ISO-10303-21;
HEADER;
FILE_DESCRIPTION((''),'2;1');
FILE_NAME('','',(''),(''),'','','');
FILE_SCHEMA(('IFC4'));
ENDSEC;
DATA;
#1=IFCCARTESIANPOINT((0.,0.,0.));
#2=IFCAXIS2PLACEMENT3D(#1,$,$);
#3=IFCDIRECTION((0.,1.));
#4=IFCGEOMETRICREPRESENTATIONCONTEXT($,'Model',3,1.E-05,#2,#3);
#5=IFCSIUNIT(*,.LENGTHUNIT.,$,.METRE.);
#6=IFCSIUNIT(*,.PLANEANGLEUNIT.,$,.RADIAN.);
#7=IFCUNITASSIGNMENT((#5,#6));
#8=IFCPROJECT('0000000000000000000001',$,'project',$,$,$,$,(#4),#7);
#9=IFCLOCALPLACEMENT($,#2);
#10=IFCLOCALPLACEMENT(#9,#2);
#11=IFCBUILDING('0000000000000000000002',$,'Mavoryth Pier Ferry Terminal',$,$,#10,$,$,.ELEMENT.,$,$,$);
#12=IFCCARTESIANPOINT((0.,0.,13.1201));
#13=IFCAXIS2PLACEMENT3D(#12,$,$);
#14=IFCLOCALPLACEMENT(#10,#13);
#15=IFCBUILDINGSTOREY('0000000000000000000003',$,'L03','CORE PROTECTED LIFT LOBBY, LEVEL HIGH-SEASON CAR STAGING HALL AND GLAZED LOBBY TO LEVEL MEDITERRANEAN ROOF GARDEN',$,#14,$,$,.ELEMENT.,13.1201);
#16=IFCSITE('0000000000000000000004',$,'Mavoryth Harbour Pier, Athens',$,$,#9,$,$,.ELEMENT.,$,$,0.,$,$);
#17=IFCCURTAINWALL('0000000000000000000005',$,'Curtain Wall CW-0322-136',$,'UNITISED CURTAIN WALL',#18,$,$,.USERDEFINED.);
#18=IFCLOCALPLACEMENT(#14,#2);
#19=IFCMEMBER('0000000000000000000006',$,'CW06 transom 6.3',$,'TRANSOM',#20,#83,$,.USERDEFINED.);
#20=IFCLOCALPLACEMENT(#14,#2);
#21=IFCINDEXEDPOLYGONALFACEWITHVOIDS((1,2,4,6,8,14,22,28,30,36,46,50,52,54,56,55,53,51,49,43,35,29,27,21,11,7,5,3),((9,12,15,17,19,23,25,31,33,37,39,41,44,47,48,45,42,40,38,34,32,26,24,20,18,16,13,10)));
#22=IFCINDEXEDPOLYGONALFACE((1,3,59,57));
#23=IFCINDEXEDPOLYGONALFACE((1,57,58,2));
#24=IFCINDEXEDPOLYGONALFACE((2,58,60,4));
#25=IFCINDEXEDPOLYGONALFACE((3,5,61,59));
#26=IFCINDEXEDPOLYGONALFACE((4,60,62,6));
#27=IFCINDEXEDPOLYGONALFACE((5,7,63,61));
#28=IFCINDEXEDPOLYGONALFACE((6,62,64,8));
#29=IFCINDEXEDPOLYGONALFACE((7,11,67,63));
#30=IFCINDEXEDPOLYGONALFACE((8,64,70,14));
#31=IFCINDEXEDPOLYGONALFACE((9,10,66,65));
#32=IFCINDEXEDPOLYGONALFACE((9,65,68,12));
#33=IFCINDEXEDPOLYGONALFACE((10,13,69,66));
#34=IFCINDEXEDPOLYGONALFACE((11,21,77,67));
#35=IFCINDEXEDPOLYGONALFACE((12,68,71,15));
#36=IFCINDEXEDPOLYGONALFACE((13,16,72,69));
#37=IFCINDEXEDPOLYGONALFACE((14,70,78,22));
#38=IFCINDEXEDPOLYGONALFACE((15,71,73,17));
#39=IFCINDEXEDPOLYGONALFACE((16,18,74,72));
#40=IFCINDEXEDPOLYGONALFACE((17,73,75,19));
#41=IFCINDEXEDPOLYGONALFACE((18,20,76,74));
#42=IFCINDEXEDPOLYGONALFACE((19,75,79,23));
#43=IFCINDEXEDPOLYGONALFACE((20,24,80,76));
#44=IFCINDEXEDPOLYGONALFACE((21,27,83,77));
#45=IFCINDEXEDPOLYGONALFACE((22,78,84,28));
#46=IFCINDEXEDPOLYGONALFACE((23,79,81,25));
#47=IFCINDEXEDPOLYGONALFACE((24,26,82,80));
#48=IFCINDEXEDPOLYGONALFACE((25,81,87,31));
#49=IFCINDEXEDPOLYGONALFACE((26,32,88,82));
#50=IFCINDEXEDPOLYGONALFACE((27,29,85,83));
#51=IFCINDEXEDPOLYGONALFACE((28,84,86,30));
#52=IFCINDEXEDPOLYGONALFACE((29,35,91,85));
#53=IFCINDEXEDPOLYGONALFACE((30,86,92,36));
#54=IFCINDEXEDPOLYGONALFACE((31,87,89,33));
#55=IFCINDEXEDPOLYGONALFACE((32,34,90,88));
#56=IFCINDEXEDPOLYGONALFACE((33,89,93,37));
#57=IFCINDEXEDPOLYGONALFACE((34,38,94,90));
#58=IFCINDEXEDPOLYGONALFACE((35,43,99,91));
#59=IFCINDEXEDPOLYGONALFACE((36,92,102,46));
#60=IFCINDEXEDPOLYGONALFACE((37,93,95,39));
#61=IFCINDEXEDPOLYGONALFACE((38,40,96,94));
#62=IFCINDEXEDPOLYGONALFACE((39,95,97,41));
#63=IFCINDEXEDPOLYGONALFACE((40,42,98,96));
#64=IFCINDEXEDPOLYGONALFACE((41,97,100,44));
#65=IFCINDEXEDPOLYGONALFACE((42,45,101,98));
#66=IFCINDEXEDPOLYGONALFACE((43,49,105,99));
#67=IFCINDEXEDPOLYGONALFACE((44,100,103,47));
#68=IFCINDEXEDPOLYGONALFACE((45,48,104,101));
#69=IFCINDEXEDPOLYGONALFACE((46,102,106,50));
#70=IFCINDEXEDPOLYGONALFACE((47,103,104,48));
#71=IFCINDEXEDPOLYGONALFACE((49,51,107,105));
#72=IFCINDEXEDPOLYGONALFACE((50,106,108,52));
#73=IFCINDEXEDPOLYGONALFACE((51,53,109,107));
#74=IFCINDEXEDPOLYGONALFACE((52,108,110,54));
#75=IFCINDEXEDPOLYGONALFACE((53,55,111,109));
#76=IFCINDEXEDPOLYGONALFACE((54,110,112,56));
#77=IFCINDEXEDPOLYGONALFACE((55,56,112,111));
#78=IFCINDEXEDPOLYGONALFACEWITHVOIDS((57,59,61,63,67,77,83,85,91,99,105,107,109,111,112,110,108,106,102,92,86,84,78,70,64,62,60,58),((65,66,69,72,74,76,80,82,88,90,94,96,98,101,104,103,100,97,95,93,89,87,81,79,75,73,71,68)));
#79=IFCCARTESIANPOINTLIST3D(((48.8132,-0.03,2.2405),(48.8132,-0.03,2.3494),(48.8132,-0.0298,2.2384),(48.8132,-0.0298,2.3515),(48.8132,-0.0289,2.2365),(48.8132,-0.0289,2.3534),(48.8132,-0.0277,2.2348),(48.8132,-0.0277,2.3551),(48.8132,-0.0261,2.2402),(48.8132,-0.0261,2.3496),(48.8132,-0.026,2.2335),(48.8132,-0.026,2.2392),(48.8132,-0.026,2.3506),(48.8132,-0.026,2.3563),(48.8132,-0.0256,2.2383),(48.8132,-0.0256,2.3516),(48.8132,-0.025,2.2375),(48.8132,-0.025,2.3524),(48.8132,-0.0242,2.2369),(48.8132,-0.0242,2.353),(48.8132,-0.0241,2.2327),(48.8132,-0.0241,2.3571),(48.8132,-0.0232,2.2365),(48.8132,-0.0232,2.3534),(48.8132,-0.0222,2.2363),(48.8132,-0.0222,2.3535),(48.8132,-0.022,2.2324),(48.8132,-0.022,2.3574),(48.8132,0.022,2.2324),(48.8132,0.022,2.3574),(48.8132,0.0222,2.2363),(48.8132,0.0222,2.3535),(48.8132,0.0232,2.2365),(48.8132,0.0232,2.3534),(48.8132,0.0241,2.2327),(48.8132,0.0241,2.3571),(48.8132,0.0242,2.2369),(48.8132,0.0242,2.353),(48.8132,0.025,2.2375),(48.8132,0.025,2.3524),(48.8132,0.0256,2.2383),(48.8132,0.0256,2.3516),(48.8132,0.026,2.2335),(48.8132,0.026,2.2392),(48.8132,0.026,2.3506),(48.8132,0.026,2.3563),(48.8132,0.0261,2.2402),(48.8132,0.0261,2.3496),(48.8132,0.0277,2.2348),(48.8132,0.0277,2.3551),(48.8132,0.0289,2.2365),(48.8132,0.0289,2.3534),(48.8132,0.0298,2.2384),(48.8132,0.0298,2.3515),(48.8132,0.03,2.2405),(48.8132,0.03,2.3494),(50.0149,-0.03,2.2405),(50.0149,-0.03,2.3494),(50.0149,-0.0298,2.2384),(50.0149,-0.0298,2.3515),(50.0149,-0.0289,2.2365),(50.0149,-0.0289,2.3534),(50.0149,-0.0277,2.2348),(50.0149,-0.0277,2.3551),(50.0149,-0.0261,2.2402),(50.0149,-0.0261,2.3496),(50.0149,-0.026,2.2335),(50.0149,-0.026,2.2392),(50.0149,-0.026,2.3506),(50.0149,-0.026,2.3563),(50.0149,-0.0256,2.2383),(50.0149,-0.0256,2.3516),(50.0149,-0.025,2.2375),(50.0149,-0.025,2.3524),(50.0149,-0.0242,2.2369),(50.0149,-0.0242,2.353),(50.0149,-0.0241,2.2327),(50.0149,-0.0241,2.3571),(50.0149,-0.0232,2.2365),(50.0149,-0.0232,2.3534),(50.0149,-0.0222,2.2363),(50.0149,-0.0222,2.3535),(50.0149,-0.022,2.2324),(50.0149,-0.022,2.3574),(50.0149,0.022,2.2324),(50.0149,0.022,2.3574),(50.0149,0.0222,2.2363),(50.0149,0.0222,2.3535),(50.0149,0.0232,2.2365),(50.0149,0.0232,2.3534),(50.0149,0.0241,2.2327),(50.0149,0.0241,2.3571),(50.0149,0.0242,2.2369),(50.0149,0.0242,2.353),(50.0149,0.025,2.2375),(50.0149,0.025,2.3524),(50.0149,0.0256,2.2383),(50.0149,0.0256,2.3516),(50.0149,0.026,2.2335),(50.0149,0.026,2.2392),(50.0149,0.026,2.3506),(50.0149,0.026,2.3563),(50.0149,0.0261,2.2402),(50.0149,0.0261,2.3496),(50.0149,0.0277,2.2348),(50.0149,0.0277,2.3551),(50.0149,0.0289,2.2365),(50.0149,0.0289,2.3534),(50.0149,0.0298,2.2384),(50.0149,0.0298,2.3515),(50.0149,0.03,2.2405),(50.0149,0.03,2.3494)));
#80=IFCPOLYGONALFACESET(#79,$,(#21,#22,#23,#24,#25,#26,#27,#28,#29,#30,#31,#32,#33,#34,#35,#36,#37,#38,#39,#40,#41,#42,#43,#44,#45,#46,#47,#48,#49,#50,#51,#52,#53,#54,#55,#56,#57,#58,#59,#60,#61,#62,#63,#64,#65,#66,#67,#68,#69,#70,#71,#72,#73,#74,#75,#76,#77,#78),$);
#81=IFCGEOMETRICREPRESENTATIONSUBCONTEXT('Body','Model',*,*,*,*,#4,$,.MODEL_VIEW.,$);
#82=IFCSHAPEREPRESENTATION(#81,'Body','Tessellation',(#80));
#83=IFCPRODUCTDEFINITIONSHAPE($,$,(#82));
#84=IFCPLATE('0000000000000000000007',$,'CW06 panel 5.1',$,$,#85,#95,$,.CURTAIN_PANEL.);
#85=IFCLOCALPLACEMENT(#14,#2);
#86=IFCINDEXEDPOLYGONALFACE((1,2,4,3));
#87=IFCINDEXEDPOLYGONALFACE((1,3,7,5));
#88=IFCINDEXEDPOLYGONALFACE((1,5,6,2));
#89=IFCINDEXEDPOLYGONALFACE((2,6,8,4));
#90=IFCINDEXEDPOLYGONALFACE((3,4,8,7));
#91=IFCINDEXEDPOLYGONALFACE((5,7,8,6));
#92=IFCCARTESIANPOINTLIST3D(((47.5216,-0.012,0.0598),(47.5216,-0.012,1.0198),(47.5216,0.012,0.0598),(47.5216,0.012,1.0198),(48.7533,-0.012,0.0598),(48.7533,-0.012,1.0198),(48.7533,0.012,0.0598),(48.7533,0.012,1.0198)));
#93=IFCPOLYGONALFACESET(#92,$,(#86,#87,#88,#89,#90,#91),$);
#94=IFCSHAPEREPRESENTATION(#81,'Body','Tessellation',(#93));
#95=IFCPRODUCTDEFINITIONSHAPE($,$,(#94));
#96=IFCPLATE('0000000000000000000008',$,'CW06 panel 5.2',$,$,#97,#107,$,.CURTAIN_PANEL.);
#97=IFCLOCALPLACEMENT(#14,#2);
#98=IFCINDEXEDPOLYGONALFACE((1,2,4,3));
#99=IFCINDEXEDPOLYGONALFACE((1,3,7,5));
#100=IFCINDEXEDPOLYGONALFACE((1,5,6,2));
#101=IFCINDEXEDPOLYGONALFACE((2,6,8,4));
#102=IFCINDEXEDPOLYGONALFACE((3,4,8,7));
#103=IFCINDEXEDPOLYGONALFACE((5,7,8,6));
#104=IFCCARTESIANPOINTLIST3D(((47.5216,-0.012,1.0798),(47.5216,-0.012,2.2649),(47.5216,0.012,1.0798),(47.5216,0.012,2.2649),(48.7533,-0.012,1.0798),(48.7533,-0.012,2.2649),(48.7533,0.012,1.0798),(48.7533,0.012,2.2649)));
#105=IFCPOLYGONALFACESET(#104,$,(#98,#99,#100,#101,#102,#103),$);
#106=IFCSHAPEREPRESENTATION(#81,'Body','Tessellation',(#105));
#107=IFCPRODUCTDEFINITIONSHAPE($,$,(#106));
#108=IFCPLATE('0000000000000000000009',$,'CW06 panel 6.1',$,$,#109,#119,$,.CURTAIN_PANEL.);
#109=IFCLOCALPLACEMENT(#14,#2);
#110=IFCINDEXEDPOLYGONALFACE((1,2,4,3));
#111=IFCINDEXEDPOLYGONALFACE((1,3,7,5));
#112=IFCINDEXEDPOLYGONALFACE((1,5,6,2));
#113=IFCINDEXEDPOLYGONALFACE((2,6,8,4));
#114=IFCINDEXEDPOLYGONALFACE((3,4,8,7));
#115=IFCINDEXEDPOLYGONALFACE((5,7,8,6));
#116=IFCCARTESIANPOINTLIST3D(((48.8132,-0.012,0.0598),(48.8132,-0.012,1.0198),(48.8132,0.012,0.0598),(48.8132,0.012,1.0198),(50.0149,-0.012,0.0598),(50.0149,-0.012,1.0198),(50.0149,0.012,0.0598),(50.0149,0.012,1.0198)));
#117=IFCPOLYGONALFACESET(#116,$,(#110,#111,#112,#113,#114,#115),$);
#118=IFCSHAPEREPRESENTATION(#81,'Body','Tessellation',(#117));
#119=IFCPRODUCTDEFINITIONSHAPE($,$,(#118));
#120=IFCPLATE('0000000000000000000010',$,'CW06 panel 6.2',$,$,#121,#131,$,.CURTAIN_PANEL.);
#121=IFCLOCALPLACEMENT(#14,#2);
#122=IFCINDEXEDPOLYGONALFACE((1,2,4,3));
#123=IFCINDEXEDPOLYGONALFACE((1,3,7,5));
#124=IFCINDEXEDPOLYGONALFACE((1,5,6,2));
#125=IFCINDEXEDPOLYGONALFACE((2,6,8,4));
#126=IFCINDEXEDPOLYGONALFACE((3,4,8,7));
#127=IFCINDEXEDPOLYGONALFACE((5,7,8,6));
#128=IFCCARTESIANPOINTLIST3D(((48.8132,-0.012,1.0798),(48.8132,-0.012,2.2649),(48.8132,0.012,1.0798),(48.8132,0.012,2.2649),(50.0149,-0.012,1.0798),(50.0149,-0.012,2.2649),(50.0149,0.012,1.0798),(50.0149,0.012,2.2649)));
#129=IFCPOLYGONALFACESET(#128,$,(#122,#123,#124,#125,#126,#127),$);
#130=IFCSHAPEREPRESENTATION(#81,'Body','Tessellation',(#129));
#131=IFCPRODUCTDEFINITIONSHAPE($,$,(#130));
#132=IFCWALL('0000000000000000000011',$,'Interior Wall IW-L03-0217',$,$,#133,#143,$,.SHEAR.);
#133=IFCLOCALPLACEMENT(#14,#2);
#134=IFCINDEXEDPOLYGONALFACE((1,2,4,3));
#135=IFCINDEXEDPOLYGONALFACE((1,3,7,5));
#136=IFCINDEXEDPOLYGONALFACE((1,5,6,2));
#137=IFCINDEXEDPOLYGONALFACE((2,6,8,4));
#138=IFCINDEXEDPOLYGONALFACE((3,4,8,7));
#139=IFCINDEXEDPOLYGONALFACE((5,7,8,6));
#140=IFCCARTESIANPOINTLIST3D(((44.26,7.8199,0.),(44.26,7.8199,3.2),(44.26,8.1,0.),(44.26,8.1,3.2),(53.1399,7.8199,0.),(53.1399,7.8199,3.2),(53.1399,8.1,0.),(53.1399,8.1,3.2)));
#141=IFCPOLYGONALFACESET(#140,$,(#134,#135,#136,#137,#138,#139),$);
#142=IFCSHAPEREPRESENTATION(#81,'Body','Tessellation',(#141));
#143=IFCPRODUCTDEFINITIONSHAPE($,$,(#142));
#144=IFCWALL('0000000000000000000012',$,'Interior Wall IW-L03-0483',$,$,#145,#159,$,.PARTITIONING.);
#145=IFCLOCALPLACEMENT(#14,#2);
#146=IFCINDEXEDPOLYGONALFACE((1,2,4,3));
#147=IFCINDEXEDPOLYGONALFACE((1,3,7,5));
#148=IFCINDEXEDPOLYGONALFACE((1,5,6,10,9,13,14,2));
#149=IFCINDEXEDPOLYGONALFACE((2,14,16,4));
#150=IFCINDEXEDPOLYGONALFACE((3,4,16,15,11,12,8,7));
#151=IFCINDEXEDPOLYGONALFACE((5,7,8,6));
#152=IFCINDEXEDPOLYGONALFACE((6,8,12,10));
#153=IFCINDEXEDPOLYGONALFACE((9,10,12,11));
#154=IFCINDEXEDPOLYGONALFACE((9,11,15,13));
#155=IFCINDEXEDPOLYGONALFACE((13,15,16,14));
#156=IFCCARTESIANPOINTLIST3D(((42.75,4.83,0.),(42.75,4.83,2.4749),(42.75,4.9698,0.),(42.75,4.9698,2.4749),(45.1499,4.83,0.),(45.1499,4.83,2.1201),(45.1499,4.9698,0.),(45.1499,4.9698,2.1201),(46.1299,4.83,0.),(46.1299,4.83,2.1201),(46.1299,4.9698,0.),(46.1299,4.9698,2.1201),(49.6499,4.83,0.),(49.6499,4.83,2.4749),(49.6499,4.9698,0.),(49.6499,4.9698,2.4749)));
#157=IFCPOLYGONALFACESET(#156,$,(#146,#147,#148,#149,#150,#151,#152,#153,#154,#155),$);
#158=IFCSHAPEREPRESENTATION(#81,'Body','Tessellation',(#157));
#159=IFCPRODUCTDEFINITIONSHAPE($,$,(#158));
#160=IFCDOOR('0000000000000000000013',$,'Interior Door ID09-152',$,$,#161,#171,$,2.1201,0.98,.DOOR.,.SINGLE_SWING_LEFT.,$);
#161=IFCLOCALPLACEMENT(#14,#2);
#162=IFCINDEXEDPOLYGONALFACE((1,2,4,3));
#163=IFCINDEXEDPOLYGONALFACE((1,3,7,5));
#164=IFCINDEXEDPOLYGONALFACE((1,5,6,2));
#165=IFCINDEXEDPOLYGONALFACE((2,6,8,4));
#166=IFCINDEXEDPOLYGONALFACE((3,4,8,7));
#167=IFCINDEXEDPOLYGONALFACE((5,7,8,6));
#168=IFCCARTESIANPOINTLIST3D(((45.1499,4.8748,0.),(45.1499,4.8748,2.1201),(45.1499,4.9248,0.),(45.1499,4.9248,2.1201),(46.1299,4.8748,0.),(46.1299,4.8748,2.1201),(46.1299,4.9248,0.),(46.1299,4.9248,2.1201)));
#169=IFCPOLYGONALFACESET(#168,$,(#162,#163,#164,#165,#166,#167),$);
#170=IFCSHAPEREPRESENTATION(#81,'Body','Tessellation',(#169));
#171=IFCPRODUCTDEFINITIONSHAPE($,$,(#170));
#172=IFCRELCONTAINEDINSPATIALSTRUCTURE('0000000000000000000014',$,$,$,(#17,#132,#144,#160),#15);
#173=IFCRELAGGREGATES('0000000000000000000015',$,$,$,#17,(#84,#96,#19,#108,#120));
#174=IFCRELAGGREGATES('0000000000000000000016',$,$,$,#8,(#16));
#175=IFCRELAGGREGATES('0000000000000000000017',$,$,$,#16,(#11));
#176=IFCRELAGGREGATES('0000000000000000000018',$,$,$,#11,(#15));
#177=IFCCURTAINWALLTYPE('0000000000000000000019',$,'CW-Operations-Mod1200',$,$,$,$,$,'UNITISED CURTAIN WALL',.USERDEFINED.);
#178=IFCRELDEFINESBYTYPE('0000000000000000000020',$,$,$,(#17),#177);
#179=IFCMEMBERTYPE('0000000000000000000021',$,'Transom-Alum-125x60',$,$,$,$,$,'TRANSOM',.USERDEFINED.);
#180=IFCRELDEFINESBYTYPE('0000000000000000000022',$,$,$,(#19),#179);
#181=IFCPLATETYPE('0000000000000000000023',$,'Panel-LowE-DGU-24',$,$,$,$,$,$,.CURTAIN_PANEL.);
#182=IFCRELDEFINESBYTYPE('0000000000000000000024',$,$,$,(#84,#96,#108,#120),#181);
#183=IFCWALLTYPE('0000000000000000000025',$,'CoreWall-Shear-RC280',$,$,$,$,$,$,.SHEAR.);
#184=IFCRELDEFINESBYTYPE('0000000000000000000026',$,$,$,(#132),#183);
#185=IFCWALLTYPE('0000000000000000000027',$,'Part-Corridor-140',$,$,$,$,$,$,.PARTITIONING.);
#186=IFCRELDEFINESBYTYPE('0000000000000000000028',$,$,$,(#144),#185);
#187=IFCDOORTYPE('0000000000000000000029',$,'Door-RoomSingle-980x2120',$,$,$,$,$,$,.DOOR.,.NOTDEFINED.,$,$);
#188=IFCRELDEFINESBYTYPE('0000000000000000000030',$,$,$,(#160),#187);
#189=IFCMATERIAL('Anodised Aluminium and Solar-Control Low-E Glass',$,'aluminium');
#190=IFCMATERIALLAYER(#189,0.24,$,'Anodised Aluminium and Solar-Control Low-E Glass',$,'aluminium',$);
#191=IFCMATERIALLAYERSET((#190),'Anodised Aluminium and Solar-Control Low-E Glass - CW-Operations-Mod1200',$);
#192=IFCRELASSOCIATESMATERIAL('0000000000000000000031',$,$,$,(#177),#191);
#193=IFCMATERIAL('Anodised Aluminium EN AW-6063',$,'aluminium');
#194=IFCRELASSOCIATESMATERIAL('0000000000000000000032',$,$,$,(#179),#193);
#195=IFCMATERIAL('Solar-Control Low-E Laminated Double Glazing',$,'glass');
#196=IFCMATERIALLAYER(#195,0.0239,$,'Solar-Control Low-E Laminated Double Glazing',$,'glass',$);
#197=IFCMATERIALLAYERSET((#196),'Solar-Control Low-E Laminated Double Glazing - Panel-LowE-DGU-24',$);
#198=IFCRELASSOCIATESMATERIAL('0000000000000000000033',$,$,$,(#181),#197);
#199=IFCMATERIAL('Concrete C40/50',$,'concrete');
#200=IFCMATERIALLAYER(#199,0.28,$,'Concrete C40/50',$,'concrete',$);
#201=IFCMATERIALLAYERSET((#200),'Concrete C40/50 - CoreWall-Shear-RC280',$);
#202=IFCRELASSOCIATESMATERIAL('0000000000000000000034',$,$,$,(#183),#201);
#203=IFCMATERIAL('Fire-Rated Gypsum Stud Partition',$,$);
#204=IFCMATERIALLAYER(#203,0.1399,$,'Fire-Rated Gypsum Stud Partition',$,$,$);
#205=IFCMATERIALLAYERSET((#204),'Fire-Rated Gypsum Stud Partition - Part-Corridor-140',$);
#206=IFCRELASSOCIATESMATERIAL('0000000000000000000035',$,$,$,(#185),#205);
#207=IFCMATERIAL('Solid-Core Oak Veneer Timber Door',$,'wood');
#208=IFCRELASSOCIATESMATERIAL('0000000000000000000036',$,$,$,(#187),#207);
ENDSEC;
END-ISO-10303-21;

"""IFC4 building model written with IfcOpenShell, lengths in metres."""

from ifc_helpers import new_model, si_unit, direction, frame, frame_2d, origin, origin_2d, place, context, subcontext, project, spatial, rectangle, hollow_rectangle, extrude, material, layer, layer_set, material_profile, profile_set, type_object, element, fill, aggregate, save


model = new_model("IFC4")

# Units and contexts
model_context = context("Model", 3, precision=1e-05, world=origin(), true_north=direction((0.0, 1.0)))
body_context = subcontext(model_context, "Body", "Model", "MODEL_VIEW")
ifc_project = project(units=[si_unit("LENGTHUNIT", "METRE"), si_unit("PLANEANGLEUNIT", "RADIAN")], contexts=[model_context])

# Site, building, storey
site_placement = place(None, origin())
site = spatial("IfcSite", under=ifc_project, at=site_placement, Name="Mavoryth Harbour Pier, Athens", CompositionType="ELEMENT", RefElevation=0.0)
building_placement = place(site_placement, origin())
building = spatial("IfcBuilding", under=site, at=building_placement, Name="Mavoryth Pier Ferry Terminal", CompositionType="ELEMENT")
storey_placement = place(building_placement, frame((0.0, 0.0, 13.1201)))
storey = spatial("IfcBuildingStorey", under=building, at=storey_placement, Name="L03", Description="CORE PROTECTED LIFT LOBBY, LEVEL HIGH-SEASON CAR STAGING HALL AND GLAZED LOBBY TO LEVEL MEDITERRANEAN ROOF GARDEN", CompositionType="ELEMENT", Elevation=13.1201)

# Shared definitions
ifc_material_1 = material(Name="Concrete C40/50", Category="concrete")

# Curtain wall
ifc_material_2 = material(Name="Anodised Aluminium and Solar-Control Low-E Glass", Category="aluminium")
ifc_layer_1 = layer(ifc_material_2, 0.24, Name="Anodised Aluminium and Solar-Control Low-E Glass", Category="aluminium")
ifc_layer_set_1 = layer_set([ifc_layer_1], Name="Anodised Aluminium and Solar-Control Low-E Glass - CW-Operations-Mod1200")
curtain_wall_type = type_object("IfcCurtainWallType", Name="CW-Operations-Mod1200", ElementType="UNITISED CURTAIN WALL", PredefinedType="USERDEFINED", material=ifc_layer_set_1)
curtain_wall_1_placement = place(storey_placement, origin())
curtain_wall_1 = element("IfcCurtainWall", 1, at=curtain_wall_1_placement, inside=storey, type_object=curtain_wall_type, Name="Curtain Wall CW-0322-136", ObjectType="UNITISED CURTAIN WALL", PredefinedType="USERDEFINED")
ifc_material_3 = material(Name="Anodised Aluminium EN AW-6063", Category="aluminium")

# Member
ifc_material_profile_1 = material_profile(ifc_material_3, hollow_rectangle(XDim=0.0601, YDim=0.125, WallThickness=0.0039, InnerFilletRadius=0.0039, OuterFilletRadius=0.0081, at=origin_2d()), Name="AL-TRAN 125x60x4", Category="aluminium")
ifc_profile_set_1 = profile_set([ifc_material_profile_1], Name="Anodised Aluminium EN AW-6063 - AL-TRAN 125x60x4")
member_type_1 = type_object("IfcMemberType", Name="Transom-Alum-125x60", ElementType="TRANSOM", PredefinedType="USERDEFINED", material=ifc_profile_set_1)
member_1_placement = place(storey_placement, frame((48.8132, 0.0, 2.2949), z_axis=(1.0, 0.0, 0.0), x_axis=(0.0, 1.0, 0.0)))
member_1 = element("IfcMember", 2, at=member_1_placement, type_object=member_type_1, Name="CW06 transom 6.3", ObjectType="TRANSOM", PredefinedType="USERDEFINED", context=body_context, shape_type="SweptSolid", body=[
    extrude(hollow_rectangle(XDim=0.0601, YDim=0.125, WallThickness=0.0039, InnerFilletRadius=0.0039, OuterFilletRadius=0.0081, at=origin_2d()), origin(), (0.0, 0.0, 1.0), 1.2017),
])

# Plates
ifc_material_4 = material(Name="Solar-Control Low-E Laminated Double Glazing", Category="glass")
ifc_layer_2 = layer(ifc_material_4, 0.0239, Name="Solar-Control Low-E Laminated Double Glazing", Category="glass")
ifc_layer_set_2 = layer_set([ifc_layer_2], Name="Solar-Control Low-E Laminated Double Glazing - Panel-LowE-DGU-24")
plate_type = type_object("IfcPlateType", Name="Panel-LowE-DGU-24", PredefinedType="CURTAIN_PANEL", material=ifc_layer_set_2)
plate_1_placement = place(storey_placement, frame((48.1375, 0.0, 0.0598), z_axis=(0.0, 0.0, 1.0), x_axis=(1.0, 0.0, 0.0)))
plate_1 = element("IfcPlate", 3, at=plate_1_placement, type_object=plate_type, Name="CW06 panel 5.1", PredefinedType="CURTAIN_PANEL", context=body_context, shape_type="SweptSolid", body=[
    extrude(rectangle(XDim=1.2317, YDim=0.0239, at=origin_2d()), origin(), (0.0, 0.0, 1.0), 0.96),
])
plate_2_placement = place(storey_placement, frame((48.1375, 0.0, 1.0798), z_axis=(0.0, 0.0, 1.0), x_axis=(1.0, 0.0, 0.0)))
plate_2 = element("IfcPlate", 4, at=plate_2_placement, type_object=plate_type, Name="CW06 panel 5.2", PredefinedType="CURTAIN_PANEL", context=body_context, shape_type="SweptSolid", body=[
    extrude(rectangle(XDim=1.2317, YDim=0.0239, at=origin_2d()), origin(), (0.0, 0.0, 1.0), 1.1851),
])
plate_3_placement = place(storey_placement, frame((49.4141, 0.0, 0.0598), z_axis=(0.0, 0.0, 1.0), x_axis=(1.0, 0.0, 0.0)))
plate_3 = element("IfcPlate", 5, at=plate_3_placement, type_object=plate_type, Name="CW06 panel 6.1", PredefinedType="CURTAIN_PANEL", context=body_context, shape_type="SweptSolid", body=[
    extrude(rectangle(XDim=1.2017, YDim=0.0239, at=origin_2d()), origin(), (0.0, 0.0, 1.0), 0.96),
])
plate_4_placement = place(storey_placement, frame((49.4141, 0.0, 1.0798), z_axis=(0.0, 0.0, 1.0), x_axis=(1.0, 0.0, 0.0)))
plate_4 = element("IfcPlate", 6, at=plate_4_placement, type_object=plate_type, Name="CW06 panel 6.2", PredefinedType="CURTAIN_PANEL", context=body_context, shape_type="SweptSolid", body=[
    extrude(rectangle(XDim=1.2017, YDim=0.0239, at=origin_2d()), origin(), (0.0, 0.0, 1.0), 1.1851),
])
aggregate(curtain_wall_1, [plate_1, plate_2, member_1, plate_3, plate_4])

# Wall
ifc_layer_3 = layer(ifc_material_1, 0.28, Name="Concrete C40/50", Category="concrete")
ifc_layer_set_3 = layer_set([ifc_layer_3], Name="Concrete C40/50 - CoreWall-Shear-RC280")
wall_type_1 = type_object("IfcWallType", Name="CoreWall-Shear-RC280", PredefinedType="SHEAR", material=ifc_layer_set_3)
wall_1_placement = place(storey_placement, frame((44.26, 7.96, 0.0), z_axis=(0.0, 0.0, 1.0), x_axis=(1.0, 0.0, 0.0)))
element("IfcWall", 7, at=wall_1_placement, inside=storey, type_object=wall_type_1, Name="Interior Wall IW-L03-0217", PredefinedType="SHEAR", context=body_context, shape_type="SweptSolid", body=[
    extrude(rectangle(XDim=8.8799, YDim=0.28, at=frame_2d((4.4399, 0.0))), origin(), (0.0, 0.0, 1.0), 3.2),
])

# Wall, opening, door
ifc_material_5 = material(Name="Fire-Rated Gypsum Stud Partition")
ifc_layer_4 = layer(ifc_material_5, 0.1399, Name="Fire-Rated Gypsum Stud Partition")
ifc_layer_set_4 = layer_set([ifc_layer_4], Name="Fire-Rated Gypsum Stud Partition - Part-Corridor-140")
wall_type_2 = type_object("IfcWallType", Name="Part-Corridor-140", PredefinedType="PARTITIONING", material=ifc_layer_set_4)
wall_2_placement = place(storey_placement, frame((42.75, 4.8999, 0.0), z_axis=(0.0, 0.0, 1.0), x_axis=(1.0, 0.0, 0.0)))
wall_2 = element("IfcWall", 8, at=wall_2_placement, inside=storey, type_object=wall_type_2, Name="Interior Wall IW-L03-0483", PredefinedType="PARTITIONING", context=body_context, shape_type="SweptSolid", body=[
    extrude(rectangle(XDim=6.8999, YDim=0.1399, at=frame_2d((3.45, 0.0))), origin(), (0.0, 0.0, 1.0), 2.4749),
])
opening_placement = place(wall_2_placement, frame((2.3999, 0.0, 0.0)))
opening = element("IfcOpeningElement", 9, at=opening_placement, cuts=wall_2, PredefinedType="OPENING", context=body_context, shape_type="SweptSolid", body=[
    extrude(rectangle(XDim=0.98, YDim=2.1201, at=frame_2d((0.49, 1.0601))), frame((0.0, 0.0798, 0.0), z_axis=(0.0, -1.0, 0.0), x_axis=(1.0, 0.0, 0.0)), (0.0, 0.0, 1.0), 0.1599),
])
ifc_material_6 = material(Name="Solid-Core Oak Veneer Timber Door", Category="wood")
door_type = type_object("IfcDoorType", Name="Door-RoomSingle-980x2120", OperationType="NOTDEFINED", PredefinedType="DOOR", material=ifc_material_6)
door_placement = place(opening_placement, origin())
door = element("IfcDoor", 10, at=door_placement, inside=storey, type_object=door_type, Name="Interior Door ID09-152", OperationType="SINGLE_SWING_LEFT", OverallHeight=2.1201, OverallWidth=0.98, PredefinedType="DOOR", context=body_context, shape_type="SweptSolid", body=[
    extrude(rectangle(XDim=0.98, YDim=2.1201, at=frame_2d((0.49, 1.0601))), frame((0.0, 0.0249, 0.0), z_axis=(0.0, -1.0, 0.0), x_axis=(1.0, 0.0, 0.0)), (0.0, 0.0, 1.0), 0.05),
])
fill(opening, door)

save(model, "model.ifc")
